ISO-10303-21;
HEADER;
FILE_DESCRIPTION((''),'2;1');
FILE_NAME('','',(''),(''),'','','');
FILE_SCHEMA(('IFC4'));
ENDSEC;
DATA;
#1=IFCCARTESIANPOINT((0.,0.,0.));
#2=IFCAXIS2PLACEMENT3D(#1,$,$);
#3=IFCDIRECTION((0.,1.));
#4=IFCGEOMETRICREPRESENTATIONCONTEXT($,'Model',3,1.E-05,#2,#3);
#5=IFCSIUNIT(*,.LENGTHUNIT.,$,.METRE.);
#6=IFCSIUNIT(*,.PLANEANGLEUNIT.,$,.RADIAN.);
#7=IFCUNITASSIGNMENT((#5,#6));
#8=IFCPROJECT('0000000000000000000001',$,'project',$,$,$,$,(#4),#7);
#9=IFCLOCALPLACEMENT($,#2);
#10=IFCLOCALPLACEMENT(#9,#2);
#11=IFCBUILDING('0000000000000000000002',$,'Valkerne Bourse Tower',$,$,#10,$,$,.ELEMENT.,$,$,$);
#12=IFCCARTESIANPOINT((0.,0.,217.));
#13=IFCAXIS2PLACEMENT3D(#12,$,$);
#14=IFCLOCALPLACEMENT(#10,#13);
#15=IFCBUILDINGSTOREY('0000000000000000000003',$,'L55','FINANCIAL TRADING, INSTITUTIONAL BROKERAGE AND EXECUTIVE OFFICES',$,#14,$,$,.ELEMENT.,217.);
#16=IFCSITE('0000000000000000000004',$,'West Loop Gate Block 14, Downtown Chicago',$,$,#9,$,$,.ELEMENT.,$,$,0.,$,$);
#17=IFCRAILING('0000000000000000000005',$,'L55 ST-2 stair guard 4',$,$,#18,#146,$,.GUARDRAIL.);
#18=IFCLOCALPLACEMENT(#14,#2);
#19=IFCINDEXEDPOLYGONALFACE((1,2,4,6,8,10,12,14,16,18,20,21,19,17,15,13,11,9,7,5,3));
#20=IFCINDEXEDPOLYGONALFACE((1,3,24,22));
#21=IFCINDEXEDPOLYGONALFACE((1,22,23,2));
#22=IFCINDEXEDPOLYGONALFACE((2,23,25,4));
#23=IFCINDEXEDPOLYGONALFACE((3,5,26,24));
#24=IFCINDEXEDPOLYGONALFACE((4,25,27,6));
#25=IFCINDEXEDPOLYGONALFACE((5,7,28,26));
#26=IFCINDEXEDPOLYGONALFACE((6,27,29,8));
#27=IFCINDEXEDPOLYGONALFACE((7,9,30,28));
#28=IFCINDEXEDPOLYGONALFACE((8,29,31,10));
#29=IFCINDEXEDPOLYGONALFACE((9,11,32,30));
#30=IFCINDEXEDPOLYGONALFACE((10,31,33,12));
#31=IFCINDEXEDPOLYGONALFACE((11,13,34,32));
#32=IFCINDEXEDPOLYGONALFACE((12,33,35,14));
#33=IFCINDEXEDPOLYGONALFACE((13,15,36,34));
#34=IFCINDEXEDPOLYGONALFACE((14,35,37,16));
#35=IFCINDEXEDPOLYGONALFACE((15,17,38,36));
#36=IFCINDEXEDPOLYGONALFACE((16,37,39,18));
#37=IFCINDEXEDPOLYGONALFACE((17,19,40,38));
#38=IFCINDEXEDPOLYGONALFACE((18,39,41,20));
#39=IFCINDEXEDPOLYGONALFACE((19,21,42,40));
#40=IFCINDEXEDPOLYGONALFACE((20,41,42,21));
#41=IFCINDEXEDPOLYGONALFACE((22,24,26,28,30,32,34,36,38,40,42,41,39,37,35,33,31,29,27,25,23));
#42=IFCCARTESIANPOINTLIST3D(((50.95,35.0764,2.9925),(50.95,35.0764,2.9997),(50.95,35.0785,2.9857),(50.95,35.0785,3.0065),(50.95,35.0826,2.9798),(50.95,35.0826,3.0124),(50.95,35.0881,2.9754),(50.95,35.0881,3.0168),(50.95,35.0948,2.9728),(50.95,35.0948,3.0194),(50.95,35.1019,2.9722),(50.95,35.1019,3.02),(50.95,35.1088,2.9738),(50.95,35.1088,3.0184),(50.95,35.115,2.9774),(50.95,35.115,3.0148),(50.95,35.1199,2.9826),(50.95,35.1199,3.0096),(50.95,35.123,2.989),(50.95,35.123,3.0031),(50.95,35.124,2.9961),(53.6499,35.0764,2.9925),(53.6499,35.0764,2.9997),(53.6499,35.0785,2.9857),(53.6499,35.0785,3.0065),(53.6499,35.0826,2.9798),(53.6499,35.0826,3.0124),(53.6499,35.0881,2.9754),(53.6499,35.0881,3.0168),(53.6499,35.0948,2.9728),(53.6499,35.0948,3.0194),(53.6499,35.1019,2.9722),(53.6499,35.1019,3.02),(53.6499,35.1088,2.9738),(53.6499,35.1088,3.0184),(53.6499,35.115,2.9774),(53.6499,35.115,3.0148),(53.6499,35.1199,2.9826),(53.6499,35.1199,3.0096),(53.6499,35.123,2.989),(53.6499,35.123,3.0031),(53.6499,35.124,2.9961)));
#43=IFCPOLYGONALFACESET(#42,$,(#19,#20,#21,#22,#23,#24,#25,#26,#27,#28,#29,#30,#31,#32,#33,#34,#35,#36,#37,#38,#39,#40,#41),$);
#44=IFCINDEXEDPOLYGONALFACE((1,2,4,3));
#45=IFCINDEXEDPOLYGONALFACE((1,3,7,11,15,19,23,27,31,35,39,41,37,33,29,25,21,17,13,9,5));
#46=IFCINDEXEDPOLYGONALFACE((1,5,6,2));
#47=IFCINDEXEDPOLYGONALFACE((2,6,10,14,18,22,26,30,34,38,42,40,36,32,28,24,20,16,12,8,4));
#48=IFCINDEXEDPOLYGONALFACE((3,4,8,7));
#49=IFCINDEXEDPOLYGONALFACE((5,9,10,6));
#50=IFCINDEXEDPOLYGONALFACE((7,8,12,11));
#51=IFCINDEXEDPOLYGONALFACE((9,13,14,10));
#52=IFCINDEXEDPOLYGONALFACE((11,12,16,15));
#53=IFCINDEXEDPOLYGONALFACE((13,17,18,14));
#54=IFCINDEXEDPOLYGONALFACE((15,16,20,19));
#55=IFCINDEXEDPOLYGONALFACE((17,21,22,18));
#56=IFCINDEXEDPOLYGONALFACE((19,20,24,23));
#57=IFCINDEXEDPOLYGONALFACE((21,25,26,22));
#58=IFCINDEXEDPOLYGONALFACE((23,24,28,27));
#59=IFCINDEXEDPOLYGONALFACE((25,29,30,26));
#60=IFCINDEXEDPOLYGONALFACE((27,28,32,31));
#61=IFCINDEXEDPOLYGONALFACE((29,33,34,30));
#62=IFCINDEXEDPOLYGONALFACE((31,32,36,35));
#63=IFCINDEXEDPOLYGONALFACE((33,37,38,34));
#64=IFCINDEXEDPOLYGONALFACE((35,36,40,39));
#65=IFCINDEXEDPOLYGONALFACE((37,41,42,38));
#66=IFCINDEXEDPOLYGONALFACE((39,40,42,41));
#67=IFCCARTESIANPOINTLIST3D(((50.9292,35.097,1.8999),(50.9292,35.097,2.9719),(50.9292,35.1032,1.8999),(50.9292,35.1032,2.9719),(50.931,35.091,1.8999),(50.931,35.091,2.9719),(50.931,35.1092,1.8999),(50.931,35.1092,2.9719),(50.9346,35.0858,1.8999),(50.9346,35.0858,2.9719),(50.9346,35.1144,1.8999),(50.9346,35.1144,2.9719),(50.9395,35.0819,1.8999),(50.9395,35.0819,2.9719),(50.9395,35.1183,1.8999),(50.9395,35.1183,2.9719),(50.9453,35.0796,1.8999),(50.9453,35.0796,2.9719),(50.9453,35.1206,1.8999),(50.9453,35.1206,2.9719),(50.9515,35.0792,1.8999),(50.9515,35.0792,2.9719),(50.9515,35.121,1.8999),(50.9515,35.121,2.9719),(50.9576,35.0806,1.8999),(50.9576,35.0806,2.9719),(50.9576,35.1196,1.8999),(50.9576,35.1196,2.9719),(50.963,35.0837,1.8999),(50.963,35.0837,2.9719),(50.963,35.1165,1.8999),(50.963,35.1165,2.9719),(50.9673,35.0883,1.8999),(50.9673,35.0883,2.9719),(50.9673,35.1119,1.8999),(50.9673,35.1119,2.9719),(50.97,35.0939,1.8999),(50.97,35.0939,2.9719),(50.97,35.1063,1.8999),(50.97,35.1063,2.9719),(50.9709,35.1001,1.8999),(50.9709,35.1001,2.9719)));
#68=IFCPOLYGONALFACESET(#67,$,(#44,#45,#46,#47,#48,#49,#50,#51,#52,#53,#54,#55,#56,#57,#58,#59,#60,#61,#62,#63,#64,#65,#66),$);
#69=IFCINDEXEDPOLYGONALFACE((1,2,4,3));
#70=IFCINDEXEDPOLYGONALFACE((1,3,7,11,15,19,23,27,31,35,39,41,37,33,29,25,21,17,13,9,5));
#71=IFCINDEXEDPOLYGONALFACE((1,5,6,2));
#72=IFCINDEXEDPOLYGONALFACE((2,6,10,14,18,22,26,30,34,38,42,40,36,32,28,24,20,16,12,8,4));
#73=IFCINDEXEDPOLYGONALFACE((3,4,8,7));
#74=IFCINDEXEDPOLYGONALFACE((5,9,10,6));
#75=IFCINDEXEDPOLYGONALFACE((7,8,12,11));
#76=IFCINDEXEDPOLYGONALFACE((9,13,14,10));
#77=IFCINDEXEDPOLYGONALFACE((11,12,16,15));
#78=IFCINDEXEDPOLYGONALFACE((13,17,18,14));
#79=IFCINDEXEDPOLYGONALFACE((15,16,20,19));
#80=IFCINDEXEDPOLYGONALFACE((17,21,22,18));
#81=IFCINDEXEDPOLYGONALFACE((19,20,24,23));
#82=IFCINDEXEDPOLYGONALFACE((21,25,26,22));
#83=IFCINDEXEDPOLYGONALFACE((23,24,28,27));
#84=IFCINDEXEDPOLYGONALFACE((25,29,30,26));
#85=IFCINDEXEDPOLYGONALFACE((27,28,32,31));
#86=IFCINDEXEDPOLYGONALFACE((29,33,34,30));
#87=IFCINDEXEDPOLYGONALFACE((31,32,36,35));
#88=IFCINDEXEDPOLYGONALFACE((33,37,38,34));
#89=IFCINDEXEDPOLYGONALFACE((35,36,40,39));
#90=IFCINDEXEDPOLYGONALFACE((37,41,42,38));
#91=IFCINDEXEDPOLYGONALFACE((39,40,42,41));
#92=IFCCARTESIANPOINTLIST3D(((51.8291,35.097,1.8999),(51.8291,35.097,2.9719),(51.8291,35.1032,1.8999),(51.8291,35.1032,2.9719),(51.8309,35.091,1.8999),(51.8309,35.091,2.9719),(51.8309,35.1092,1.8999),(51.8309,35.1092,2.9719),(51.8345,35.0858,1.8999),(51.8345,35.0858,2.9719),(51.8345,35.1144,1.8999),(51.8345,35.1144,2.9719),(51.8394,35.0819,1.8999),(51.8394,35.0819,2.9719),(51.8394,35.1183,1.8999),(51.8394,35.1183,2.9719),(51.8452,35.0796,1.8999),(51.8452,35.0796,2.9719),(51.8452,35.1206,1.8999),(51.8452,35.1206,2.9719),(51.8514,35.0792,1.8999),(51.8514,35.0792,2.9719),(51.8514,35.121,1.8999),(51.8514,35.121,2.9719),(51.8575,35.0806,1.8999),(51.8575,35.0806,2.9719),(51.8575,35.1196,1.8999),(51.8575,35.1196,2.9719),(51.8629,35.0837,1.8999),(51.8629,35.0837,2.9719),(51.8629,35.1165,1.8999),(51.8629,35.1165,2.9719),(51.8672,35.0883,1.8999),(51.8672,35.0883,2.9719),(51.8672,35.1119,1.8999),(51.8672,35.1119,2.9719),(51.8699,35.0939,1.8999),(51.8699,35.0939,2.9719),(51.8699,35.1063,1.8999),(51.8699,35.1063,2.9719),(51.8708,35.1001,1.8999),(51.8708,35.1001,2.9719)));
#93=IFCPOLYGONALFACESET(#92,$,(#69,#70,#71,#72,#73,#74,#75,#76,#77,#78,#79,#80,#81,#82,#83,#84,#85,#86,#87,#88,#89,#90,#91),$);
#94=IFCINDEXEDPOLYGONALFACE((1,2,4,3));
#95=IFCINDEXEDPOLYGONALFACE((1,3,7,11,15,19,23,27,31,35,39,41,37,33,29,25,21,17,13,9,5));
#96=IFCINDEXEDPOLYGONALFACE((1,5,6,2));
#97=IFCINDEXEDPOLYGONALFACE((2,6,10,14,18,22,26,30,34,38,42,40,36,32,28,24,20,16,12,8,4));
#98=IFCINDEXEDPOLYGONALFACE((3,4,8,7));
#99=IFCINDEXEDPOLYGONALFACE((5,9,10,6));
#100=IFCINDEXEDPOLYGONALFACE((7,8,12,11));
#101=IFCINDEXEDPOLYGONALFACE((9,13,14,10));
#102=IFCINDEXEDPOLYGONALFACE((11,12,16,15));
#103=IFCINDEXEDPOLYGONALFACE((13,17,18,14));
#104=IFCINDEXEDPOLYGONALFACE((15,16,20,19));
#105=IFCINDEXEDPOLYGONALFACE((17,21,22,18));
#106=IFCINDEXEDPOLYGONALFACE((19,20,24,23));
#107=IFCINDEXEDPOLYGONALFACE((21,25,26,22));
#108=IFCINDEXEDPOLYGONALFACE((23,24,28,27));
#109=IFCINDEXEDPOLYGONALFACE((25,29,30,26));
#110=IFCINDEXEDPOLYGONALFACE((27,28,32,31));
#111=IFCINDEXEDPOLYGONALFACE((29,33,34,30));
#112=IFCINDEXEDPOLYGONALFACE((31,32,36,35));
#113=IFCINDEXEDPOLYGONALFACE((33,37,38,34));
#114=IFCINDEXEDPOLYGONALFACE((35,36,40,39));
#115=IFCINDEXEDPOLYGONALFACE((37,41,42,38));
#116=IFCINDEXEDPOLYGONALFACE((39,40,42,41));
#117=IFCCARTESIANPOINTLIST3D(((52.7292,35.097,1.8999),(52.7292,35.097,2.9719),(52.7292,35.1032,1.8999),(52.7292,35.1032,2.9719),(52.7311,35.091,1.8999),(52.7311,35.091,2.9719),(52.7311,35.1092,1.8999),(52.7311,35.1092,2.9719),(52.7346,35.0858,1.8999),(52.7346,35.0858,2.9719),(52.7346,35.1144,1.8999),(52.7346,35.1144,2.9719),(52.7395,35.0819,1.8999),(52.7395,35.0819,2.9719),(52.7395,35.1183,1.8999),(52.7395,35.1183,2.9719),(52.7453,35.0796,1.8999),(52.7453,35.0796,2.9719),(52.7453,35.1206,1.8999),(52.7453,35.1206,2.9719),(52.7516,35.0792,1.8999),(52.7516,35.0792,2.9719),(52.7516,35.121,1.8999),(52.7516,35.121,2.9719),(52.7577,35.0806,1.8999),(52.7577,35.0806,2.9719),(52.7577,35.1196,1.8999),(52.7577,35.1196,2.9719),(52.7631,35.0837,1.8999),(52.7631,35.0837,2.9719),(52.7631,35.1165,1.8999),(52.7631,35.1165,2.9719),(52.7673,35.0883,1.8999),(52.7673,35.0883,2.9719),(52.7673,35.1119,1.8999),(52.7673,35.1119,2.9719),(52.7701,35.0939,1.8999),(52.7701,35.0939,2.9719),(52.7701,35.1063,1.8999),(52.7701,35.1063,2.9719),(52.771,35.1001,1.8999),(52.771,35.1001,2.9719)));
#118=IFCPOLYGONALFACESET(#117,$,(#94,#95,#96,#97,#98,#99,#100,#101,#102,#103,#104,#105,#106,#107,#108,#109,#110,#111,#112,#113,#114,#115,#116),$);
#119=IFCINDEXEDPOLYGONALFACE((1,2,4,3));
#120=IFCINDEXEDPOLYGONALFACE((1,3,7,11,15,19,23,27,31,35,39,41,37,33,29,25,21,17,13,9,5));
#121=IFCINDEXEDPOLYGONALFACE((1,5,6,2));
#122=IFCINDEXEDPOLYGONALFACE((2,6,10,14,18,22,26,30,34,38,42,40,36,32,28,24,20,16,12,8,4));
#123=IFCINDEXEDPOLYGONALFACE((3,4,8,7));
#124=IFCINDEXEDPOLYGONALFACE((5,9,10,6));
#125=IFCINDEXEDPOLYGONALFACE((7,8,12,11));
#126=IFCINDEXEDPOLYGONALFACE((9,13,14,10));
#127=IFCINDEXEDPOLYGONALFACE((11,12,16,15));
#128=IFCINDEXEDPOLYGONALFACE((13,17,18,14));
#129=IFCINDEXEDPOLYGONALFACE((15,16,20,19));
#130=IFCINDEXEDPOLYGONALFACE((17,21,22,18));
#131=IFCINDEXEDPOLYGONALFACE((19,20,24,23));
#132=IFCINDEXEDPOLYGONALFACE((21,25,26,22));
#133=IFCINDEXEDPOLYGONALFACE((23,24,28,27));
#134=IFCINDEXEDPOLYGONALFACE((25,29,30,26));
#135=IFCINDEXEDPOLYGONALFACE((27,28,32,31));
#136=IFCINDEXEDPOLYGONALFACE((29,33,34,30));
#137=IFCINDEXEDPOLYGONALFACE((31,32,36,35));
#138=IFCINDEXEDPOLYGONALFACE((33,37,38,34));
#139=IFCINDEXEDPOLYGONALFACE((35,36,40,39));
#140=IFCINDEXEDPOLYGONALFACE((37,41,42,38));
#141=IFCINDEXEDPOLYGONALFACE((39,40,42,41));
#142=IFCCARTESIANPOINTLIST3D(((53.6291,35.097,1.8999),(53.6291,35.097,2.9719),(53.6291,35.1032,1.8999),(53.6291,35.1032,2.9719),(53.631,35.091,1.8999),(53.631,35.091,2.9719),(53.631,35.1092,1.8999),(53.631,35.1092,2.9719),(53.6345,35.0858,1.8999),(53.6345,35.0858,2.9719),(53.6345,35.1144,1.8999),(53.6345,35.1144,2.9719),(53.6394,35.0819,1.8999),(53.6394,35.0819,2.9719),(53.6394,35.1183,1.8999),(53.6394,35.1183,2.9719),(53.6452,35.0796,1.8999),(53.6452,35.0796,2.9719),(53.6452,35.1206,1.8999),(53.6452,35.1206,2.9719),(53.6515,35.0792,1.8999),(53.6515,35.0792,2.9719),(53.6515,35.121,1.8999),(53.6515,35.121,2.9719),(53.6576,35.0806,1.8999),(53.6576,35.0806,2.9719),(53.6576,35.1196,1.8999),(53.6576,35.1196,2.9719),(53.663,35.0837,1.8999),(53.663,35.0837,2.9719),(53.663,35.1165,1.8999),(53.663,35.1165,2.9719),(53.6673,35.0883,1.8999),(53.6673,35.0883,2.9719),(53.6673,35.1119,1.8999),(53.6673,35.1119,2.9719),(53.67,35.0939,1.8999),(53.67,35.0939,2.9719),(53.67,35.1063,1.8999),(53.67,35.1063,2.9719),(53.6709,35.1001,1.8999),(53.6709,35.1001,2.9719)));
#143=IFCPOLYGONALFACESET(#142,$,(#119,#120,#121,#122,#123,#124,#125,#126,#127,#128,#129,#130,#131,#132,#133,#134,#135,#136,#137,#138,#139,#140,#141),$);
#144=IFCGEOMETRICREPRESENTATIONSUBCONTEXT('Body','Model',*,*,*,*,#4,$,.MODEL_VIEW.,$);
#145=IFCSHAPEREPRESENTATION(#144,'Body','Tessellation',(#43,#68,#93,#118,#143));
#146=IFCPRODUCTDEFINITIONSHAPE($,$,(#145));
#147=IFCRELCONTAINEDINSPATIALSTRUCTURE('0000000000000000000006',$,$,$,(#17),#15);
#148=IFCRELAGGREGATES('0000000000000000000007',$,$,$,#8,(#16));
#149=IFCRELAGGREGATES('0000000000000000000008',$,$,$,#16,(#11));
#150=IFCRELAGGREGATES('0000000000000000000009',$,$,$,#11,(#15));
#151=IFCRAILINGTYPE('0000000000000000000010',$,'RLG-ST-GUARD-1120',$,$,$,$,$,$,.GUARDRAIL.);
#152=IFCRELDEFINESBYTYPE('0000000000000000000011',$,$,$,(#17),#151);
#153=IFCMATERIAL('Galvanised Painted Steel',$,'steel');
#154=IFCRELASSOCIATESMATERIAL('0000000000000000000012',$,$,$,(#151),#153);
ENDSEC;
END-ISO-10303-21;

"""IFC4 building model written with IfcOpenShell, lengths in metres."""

from ifc_helpers import new_model, si_unit, direction, frame, origin, origin_2d, place, context, subcontext, project, spatial, circle, extrude, material, type_object, element, save


model = new_model("IFC4")

# Units and contexts
model_context = context("Model", 3, precision=1e-05, world=origin(), true_north=direction((0.0, 1.0)))
body_context = subcontext(model_context, "Body", "Model", "MODEL_VIEW")
ifc_project = project(units=[si_unit("LENGTHUNIT", "METRE"), si_unit("PLANEANGLEUNIT", "RADIAN")], contexts=[model_context])

# Site, building, storey
site_placement = place(None, origin())
site = spatial("IfcSite", under=ifc_project, at=site_placement, Name="West Loop Gate Block 14, Downtown Chicago", CompositionType="ELEMENT", RefElevation=0.0)
building_placement = place(site_placement, origin())
building = spatial("IfcBuilding", under=site, at=building_placement, Name="Valkerne Bourse Tower", CompositionType="ELEMENT")
storey_placement = place(building_placement, frame((0.0, 0.0, 217.0)))
storey = spatial("IfcBuildingStorey", under=building, at=storey_placement, Name="L55", Description="FINANCIAL TRADING, INSTITUTIONAL BROKERAGE AND EXECUTIVE OFFICES", CompositionType="ELEMENT", Elevation=217.0)

# Railing
ifc_material_1 = material(Name="Galvanised Painted Steel", Category="steel")
railing_type_1 = type_object("IfcRailingType", Name="RLG-ST-GUARD-1120", PredefinedType="GUARDRAIL", material=ifc_material_1)
railing_1_placement = place(storey_placement, frame((50.95, 35.1001, 1.8999)))
element("IfcRailing", 1, at=railing_1_placement, inside=storey, type_object=railing_type_1, Name="L55 ST-2 stair guard 4", PredefinedType="GUARDRAIL", context=body_context, shape_type="SweptSolid", body=[
    extrude(circle(Radius=0.0239, at=origin_2d()), frame((0.0, 0.0, 1.0962), z_axis=(1.0, 0.0, 0.0), x_axis=(0.0, 1.0, 0.0)), (0.0, 0.0, 1.0), 2.7),
    extrude(circle(Radius=0.021, at=origin_2d()), origin(), (0.0, 0.0, 1.0), 1.072),
    extrude(circle(Radius=0.021, at=origin_2d()), frame((0.8999, 0.0, 0.0)), (0.0, 0.0, 1.0), 1.072),
    extrude(circle(Radius=0.021, at=origin_2d()), frame((1.8, 0.0, 0.0)), (0.0, 0.0, 1.0), 1.072),
    extrude(circle(Radius=0.021, at=origin_2d()), frame((2.7, 0.0, 0.0)), (0.0, 0.0, 1.0), 1.072),
])

save(model, "model.ifc")
